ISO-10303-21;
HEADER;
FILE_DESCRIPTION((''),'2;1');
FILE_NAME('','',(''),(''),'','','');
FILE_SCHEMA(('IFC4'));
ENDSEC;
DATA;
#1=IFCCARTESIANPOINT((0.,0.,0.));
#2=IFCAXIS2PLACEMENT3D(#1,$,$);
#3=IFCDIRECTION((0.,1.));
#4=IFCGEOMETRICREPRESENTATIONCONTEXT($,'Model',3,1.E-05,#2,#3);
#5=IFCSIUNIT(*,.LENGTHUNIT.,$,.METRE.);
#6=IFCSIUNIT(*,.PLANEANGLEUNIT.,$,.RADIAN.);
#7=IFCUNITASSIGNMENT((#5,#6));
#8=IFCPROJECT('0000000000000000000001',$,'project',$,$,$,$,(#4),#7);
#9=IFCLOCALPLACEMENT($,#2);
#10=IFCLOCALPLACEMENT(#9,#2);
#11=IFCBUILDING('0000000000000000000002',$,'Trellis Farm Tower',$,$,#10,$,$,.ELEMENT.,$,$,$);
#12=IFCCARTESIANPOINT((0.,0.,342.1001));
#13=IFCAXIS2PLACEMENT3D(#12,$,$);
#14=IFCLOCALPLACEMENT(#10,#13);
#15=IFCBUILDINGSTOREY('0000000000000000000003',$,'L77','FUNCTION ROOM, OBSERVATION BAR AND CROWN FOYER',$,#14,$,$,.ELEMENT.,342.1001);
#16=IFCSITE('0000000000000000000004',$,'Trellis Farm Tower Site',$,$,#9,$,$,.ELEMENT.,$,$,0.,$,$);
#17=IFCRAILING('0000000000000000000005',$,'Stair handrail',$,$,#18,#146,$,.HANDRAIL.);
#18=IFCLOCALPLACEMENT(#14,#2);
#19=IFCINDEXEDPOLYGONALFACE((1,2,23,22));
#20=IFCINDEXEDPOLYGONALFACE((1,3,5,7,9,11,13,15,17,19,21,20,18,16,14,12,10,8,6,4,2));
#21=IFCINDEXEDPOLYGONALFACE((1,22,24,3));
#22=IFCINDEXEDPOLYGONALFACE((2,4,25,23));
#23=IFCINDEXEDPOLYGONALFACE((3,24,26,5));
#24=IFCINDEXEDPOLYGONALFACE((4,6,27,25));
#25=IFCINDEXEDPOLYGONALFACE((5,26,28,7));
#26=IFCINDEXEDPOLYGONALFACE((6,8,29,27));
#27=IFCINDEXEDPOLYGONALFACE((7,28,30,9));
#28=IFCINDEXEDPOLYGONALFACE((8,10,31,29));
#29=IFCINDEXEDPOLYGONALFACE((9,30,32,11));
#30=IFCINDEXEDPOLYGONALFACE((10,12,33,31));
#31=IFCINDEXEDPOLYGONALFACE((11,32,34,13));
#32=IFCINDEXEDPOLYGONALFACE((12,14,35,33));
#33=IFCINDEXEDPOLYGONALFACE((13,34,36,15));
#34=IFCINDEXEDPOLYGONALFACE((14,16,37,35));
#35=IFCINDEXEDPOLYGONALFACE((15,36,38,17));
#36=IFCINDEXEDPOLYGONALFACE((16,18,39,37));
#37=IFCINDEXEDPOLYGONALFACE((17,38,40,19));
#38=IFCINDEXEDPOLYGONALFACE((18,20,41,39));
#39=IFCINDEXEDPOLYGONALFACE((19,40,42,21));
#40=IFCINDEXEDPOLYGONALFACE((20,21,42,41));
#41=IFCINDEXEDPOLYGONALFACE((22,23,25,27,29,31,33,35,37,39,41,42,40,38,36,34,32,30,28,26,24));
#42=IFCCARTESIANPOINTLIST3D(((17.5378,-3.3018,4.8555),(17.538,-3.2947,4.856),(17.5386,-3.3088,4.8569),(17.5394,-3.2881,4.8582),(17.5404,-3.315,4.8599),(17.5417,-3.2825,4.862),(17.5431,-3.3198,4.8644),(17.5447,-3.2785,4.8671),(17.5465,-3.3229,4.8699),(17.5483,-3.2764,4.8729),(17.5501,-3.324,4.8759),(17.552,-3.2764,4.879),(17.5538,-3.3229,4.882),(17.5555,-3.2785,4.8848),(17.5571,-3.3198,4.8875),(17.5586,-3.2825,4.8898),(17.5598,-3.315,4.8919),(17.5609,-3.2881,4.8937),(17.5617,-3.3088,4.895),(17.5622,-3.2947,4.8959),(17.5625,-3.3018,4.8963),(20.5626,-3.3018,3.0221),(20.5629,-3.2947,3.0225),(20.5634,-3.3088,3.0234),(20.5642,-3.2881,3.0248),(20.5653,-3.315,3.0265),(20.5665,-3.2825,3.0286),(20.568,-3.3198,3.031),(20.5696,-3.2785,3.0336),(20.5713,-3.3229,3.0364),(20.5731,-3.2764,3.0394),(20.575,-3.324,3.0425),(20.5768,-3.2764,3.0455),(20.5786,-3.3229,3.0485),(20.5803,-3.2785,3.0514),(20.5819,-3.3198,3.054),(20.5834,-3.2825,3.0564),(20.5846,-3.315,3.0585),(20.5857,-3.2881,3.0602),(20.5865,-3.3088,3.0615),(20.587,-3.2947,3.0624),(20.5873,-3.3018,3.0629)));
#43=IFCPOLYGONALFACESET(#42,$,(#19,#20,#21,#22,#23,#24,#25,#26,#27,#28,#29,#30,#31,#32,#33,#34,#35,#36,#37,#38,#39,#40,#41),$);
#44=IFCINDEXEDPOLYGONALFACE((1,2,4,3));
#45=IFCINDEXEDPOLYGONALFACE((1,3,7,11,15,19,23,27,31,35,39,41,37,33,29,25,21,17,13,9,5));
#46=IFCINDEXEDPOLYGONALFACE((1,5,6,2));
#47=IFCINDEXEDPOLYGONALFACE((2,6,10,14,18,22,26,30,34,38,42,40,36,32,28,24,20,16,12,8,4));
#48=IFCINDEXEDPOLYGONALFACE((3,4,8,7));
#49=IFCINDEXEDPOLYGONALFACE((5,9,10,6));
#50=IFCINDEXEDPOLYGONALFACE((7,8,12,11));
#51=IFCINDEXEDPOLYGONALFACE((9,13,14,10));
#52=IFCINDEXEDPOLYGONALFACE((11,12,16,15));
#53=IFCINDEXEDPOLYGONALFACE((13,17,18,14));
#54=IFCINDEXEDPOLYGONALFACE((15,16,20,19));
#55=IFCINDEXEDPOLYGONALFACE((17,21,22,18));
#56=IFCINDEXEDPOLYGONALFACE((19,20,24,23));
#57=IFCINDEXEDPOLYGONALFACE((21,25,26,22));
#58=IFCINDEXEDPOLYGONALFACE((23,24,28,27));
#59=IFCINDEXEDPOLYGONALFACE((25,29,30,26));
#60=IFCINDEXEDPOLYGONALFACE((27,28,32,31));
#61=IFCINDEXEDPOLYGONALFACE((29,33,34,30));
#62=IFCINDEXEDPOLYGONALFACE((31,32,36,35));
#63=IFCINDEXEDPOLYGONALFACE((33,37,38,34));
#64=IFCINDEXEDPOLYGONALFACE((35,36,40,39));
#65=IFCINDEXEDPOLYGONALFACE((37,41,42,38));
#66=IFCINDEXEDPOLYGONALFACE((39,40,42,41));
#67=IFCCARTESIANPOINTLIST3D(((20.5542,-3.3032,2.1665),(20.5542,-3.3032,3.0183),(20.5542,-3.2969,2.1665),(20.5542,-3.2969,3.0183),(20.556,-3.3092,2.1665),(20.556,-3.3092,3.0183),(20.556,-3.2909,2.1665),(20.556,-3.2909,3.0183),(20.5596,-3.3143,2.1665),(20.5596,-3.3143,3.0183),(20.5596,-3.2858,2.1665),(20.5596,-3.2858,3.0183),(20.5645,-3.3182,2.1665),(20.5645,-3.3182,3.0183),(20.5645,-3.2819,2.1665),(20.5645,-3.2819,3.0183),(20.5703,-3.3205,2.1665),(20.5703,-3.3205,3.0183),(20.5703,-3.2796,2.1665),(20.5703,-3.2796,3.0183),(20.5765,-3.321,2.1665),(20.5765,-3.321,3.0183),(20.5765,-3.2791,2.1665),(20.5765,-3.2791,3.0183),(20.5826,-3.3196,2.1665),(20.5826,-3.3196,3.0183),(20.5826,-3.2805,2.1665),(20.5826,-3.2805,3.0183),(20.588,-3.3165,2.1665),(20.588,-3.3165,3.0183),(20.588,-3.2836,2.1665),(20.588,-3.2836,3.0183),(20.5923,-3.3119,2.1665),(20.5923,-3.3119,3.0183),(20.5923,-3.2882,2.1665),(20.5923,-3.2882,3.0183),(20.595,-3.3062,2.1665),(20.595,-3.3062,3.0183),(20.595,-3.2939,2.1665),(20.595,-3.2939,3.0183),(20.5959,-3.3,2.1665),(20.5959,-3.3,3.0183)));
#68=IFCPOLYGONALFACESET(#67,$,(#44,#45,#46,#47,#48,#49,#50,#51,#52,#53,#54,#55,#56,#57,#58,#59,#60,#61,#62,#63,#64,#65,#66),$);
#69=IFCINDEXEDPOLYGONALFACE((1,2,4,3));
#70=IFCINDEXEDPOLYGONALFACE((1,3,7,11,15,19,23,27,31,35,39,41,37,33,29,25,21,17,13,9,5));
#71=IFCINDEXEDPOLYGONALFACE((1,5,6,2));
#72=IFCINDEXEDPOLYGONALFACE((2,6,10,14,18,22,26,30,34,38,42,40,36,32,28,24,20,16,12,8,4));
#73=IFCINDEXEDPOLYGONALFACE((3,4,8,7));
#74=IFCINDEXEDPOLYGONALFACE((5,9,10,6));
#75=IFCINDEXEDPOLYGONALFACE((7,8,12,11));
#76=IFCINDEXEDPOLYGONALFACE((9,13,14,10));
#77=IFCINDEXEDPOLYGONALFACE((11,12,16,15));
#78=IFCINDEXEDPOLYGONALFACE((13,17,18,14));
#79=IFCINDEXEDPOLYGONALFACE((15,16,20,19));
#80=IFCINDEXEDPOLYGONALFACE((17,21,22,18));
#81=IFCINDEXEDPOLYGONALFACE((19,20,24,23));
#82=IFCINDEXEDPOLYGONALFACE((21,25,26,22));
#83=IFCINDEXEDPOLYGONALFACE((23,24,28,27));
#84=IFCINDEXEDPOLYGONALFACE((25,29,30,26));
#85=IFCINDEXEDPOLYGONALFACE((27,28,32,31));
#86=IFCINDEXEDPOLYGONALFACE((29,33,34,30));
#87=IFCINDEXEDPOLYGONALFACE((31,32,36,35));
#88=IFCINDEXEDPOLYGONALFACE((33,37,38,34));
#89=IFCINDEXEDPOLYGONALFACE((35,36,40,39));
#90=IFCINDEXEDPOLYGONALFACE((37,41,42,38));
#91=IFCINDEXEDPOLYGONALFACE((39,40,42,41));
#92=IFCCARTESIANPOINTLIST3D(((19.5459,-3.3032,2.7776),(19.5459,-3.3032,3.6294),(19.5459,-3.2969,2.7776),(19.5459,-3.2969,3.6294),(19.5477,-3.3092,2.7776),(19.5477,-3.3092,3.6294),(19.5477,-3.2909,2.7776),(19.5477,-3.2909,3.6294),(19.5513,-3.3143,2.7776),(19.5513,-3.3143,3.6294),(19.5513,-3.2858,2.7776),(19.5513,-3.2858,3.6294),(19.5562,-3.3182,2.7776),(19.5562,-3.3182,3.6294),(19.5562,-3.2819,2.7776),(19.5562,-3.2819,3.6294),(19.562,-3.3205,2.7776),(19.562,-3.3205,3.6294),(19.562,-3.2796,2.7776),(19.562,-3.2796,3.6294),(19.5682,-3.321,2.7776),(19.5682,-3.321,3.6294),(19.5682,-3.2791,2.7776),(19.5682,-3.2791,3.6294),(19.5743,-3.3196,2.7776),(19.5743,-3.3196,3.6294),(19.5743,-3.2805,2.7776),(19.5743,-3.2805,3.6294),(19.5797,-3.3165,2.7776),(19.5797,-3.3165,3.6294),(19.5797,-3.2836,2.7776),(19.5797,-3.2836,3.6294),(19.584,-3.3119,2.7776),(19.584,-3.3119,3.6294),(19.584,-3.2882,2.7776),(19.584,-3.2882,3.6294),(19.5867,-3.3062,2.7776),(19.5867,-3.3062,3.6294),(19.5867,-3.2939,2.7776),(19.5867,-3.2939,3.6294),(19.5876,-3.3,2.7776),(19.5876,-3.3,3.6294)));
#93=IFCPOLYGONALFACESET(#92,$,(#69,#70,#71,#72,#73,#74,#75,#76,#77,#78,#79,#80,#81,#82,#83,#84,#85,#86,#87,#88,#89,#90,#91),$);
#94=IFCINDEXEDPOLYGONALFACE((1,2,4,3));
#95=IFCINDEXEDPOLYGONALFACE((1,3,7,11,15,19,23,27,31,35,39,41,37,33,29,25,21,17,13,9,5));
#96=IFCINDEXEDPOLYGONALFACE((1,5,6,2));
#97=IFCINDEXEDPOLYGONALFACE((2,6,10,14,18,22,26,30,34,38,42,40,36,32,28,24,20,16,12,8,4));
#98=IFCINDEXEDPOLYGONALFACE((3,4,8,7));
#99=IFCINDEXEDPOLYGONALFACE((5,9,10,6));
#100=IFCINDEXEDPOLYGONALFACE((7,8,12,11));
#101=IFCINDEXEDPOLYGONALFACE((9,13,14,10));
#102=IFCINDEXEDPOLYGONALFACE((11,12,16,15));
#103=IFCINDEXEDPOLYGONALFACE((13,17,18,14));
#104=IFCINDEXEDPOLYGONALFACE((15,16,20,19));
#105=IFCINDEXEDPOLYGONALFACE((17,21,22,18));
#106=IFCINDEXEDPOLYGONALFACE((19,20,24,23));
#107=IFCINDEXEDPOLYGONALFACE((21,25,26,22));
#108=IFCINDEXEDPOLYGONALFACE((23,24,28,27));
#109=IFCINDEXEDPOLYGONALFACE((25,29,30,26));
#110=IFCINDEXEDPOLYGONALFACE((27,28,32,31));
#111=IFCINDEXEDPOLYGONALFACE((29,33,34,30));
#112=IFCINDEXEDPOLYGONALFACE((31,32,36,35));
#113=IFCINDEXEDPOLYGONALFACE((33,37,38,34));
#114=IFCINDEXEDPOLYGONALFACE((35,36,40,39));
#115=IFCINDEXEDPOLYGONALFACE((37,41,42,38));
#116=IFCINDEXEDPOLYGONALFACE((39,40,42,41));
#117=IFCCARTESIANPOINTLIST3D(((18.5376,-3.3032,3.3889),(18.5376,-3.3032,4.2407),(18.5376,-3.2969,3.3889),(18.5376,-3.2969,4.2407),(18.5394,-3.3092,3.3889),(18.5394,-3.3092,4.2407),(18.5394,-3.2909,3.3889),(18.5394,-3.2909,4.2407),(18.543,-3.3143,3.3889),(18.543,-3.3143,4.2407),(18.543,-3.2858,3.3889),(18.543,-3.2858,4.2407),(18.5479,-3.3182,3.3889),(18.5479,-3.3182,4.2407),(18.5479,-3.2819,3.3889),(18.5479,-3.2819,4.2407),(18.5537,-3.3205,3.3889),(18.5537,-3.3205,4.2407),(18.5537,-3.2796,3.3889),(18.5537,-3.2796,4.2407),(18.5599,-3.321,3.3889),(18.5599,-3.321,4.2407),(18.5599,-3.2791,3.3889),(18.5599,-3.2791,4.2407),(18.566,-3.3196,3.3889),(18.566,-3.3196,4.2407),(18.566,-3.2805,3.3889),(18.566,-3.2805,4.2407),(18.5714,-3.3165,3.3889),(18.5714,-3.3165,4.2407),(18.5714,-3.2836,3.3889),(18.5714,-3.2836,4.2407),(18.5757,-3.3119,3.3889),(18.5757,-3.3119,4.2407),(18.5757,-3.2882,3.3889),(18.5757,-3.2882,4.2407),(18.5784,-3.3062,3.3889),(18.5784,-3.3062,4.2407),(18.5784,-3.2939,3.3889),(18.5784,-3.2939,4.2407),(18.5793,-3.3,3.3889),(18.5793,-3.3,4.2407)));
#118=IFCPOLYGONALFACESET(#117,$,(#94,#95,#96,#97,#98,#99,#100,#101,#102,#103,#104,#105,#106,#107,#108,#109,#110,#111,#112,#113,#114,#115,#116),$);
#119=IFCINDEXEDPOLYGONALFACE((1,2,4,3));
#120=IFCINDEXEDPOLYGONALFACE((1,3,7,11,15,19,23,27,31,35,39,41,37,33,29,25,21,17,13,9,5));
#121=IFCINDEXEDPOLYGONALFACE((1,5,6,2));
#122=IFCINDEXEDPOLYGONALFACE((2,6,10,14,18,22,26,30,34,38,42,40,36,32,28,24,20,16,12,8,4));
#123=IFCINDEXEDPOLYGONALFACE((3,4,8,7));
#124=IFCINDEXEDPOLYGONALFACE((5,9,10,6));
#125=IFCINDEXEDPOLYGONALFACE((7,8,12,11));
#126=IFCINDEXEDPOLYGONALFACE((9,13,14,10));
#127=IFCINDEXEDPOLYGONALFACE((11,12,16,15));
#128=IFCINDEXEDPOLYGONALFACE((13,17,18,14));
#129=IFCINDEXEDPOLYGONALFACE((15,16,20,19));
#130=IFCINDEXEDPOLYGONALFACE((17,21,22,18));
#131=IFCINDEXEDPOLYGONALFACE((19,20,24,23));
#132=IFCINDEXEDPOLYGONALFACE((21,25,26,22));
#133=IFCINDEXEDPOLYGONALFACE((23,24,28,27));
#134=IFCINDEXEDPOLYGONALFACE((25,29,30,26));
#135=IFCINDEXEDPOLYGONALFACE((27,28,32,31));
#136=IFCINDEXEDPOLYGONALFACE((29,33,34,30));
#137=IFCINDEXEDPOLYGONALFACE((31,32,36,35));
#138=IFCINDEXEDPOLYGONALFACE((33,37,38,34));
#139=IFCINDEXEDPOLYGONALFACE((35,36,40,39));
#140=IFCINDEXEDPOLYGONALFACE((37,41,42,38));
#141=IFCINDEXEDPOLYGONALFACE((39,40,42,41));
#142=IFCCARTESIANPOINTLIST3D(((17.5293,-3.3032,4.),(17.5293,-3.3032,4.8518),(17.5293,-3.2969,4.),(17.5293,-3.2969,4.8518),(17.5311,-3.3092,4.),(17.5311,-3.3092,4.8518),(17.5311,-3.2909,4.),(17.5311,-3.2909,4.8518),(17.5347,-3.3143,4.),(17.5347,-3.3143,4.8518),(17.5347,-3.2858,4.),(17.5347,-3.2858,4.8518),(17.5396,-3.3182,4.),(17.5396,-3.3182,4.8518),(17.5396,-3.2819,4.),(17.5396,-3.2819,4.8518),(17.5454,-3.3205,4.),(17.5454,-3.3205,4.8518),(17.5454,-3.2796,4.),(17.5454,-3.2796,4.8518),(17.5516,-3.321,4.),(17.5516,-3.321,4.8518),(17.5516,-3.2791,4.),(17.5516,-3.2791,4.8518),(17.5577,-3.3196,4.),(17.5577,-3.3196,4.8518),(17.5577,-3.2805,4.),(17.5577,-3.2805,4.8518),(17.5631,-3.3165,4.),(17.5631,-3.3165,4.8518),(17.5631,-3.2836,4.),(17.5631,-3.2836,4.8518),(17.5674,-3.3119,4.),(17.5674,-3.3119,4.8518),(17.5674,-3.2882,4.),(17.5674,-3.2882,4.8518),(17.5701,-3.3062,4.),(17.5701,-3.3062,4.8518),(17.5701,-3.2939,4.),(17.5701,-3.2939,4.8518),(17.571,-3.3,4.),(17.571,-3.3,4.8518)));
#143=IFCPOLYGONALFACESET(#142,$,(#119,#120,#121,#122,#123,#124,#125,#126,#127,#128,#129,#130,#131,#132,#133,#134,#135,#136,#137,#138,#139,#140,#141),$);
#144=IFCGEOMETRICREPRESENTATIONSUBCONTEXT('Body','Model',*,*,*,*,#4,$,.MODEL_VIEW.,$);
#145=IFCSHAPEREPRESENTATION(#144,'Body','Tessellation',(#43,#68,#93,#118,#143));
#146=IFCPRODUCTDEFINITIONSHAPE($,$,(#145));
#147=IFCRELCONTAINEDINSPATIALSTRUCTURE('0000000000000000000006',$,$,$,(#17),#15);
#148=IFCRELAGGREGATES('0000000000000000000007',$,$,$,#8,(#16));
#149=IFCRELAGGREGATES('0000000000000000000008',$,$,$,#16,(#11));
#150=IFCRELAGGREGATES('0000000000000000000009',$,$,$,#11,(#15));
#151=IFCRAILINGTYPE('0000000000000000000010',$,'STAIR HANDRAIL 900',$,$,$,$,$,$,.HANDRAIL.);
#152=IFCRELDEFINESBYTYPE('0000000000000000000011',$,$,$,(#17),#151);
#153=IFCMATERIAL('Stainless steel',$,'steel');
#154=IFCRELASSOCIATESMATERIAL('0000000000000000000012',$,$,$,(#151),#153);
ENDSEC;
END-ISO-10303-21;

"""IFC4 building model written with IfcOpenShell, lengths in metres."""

from ifc_helpers import new_model, si_unit, direction, frame, origin, origin_2d, place, context, subcontext, project, spatial, circle, extrude, source, transform, mapped, material, type_object, element, save


model = new_model("IFC4")

# Units and contexts
model_context = context("Model", 3, precision=1e-05, world=origin(), true_north=direction((0.0, 1.0)))
body_context = subcontext(model_context, "Body", "Model", "MODEL_VIEW")
ifc_project = project(units=[si_unit("LENGTHUNIT", "METRE"), si_unit("PLANEANGLEUNIT", "RADIAN")], contexts=[model_context])

# Site, building, storey
site_placement = place(None, origin())
site = spatial("IfcSite", under=ifc_project, at=site_placement, Name="Trellis Farm Tower Site", CompositionType="ELEMENT", RefElevation=0.0)
building_placement = place(site_placement, origin())
building = spatial("IfcBuilding", under=site, at=building_placement, Name="Trellis Farm Tower", CompositionType="ELEMENT")
storey_placement = place(building_placement, frame((0.0, 0.0, 342.1001)))
storey = spatial("IfcBuildingStorey", under=building, at=storey_placement, Name="L77", Description="FUNCTION ROOM, OBSERVATION BAR AND CROWN FOYER", CompositionType="ELEMENT", Elevation=342.1001)

# Railing
ifc_material_1 = material(Name="Stainless steel", Category="steel")
railing_type = type_object("IfcRailingType", Name="STAIR HANDRAIL 900", PredefinedType="HANDRAIL", material=ifc_material_1)
shared_shape_1 = source(origin(), body_context, "Body", "SweptSolid", [
    extrude(circle(Radius=0.0239, at=origin_2d()), frame((0.0, 0.0, 0.876), z_axis=(-0.85517, 0.0, 0.518348), x_axis=(0.0, -1.0, 0.0)), (0.0, 0.0, 1.0), 3.5371),
    extrude(circle(Radius=0.021, at=origin_2d()), origin(), (0.0, 0.0, 1.0), 0.8518),
    extrude(circle(Radius=0.021, at=origin_2d()), frame((-1.0083, 0.0, 0.6111)), (0.0, 0.0, 1.0), 0.8518),
    extrude(circle(Radius=0.021, at=origin_2d()), frame((-2.0166, 0.0, 1.2224)), (0.0, 0.0, 1.0), 0.8518),
    extrude(circle(Radius=0.021, at=origin_2d()), frame((-3.0249, 0.0, 1.8335)), (0.0, 0.0, 1.0), 0.8518),
])
for number, where, name in (
    (1, (20.575, -3.3, 2.1665), "Stair handrail"),
):
    element("IfcRailing", number, at=place(storey_placement, frame(where)), inside=storey, type_object=railing_type, Name=name, PredefinedType="HANDRAIL", context=body_context, shape_type="MappedRepresentation", body=[
        mapped(shared_shape_1, transform((0.0, 0.0, 0.0))),
    ])

save(model, "model.ifc")
